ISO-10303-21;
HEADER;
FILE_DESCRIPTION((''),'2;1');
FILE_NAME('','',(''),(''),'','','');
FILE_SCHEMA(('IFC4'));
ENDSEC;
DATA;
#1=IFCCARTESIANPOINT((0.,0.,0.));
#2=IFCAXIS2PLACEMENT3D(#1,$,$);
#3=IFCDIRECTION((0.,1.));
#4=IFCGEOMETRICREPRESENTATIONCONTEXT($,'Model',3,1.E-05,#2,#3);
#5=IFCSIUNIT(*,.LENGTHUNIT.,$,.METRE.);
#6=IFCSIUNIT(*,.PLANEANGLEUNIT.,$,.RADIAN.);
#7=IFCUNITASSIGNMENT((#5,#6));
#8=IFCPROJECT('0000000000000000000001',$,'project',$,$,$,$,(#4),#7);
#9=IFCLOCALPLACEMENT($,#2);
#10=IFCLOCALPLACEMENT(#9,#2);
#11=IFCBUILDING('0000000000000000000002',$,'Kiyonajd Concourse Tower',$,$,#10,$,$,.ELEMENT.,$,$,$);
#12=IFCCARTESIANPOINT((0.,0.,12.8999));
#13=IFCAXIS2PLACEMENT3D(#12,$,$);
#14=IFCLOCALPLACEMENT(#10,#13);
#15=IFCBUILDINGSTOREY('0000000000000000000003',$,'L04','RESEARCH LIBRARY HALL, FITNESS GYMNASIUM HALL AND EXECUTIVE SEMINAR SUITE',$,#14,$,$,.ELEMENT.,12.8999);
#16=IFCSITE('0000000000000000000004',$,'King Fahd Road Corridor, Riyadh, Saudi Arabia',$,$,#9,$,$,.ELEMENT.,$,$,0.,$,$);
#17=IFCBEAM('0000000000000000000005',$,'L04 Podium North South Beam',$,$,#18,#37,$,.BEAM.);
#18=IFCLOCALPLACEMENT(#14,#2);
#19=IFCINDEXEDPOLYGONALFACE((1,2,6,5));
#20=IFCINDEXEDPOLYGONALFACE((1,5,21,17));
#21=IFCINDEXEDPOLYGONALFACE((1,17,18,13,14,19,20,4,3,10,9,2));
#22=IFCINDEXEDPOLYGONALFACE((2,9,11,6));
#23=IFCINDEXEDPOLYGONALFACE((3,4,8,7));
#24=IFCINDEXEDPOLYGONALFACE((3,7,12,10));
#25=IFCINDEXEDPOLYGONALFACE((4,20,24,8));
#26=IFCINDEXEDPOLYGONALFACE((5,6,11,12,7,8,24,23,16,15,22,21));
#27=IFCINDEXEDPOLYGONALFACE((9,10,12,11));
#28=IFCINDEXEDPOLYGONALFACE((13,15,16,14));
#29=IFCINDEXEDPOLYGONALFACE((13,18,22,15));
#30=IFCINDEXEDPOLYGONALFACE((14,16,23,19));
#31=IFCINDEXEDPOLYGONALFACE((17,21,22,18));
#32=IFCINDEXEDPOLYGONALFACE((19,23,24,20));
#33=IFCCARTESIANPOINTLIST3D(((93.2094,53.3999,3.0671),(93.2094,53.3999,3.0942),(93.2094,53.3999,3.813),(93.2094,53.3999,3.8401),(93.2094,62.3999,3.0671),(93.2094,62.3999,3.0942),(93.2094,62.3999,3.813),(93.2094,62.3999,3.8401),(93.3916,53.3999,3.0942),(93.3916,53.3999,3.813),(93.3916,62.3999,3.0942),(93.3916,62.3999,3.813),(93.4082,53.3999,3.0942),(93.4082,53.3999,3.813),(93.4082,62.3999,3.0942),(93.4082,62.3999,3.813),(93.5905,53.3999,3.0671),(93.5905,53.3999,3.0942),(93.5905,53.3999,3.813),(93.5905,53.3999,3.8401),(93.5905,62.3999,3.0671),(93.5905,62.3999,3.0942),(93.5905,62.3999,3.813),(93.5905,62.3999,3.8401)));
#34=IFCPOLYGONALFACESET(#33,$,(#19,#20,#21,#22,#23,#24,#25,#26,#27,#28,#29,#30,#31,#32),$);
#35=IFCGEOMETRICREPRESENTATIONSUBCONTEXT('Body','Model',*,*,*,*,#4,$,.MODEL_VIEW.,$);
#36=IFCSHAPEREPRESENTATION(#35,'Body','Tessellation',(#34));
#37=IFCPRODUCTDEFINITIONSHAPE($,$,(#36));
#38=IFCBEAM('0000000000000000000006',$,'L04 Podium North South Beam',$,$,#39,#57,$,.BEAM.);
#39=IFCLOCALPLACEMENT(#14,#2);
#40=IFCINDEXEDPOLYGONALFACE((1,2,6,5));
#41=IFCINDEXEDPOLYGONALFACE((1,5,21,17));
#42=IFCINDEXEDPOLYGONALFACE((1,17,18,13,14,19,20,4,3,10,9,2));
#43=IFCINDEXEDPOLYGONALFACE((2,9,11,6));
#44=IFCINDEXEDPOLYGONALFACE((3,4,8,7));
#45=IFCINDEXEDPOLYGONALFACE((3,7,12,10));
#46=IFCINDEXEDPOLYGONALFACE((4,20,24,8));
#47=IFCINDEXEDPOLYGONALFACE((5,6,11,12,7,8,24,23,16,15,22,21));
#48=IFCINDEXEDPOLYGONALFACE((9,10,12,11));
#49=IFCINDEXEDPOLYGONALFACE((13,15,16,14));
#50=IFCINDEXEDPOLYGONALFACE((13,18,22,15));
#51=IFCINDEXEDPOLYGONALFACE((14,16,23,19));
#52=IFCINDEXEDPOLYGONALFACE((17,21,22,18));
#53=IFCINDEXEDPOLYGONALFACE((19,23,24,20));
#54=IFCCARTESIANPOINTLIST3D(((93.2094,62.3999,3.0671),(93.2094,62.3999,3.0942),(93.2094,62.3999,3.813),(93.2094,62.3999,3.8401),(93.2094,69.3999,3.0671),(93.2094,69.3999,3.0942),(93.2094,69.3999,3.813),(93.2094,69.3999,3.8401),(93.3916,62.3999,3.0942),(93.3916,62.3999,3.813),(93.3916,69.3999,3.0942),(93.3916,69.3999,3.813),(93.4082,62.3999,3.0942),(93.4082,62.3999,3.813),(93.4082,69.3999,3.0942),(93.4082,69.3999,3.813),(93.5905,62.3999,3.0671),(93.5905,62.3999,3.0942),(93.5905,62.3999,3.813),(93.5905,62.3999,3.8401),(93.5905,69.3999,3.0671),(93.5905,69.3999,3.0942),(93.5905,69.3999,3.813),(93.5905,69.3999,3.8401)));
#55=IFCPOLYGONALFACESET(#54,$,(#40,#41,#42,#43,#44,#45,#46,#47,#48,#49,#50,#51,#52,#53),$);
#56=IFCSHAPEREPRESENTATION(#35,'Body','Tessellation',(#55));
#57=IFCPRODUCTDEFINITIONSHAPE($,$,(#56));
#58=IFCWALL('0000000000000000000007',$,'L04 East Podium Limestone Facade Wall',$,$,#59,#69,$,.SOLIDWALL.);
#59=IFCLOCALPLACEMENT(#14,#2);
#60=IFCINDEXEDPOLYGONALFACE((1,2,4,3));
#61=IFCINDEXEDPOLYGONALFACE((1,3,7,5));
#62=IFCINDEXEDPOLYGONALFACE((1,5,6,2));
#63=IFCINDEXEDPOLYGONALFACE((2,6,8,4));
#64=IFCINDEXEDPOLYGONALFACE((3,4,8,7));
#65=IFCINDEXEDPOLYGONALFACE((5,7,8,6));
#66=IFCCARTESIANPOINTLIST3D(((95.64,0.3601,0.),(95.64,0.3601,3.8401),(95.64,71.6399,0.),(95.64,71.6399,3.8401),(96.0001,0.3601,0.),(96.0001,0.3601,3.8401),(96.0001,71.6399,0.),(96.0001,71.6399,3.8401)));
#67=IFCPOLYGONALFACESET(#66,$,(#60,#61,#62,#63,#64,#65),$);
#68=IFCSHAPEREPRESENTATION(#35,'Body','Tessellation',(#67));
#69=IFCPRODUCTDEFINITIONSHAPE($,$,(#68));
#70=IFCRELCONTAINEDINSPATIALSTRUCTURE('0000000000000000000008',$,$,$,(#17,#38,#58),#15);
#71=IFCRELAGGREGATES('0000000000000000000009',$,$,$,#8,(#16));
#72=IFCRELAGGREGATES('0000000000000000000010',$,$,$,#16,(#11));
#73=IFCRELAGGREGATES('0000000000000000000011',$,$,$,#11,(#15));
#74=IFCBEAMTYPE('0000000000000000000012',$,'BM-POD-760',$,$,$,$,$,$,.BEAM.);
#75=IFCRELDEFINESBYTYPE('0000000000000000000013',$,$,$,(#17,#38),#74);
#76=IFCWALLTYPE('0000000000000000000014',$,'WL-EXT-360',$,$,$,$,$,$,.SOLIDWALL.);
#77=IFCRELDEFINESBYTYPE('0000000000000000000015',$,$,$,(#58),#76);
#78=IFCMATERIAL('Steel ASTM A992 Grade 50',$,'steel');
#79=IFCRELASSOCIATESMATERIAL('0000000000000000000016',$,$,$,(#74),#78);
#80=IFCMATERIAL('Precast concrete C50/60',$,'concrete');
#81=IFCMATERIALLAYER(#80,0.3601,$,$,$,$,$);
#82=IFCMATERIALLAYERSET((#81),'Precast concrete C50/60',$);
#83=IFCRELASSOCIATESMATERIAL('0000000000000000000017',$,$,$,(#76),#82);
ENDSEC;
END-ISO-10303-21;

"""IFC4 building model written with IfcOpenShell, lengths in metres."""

from ifc_helpers import new_model, si_unit, direction, frame, frame_2d, origin, origin_2d, place, context, subcontext, project, spatial, rectangle, i_section, extrude, material, layer, layer_set, material_profile, profile_set, type_object, element, save


model = new_model("IFC4")

# Units and contexts
model_context = context("Model", 3, precision=1e-05, world=origin(), true_north=direction((0.0, 1.0)))
body_context = subcontext(model_context, "Body", "Model", "MODEL_VIEW")
ifc_project = project(units=[si_unit("LENGTHUNIT", "METRE"), si_unit("PLANEANGLEUNIT", "RADIAN")], contexts=[model_context])

# Site, building, storey
site_placement = place(None, origin())
site = spatial("IfcSite", under=ifc_project, at=site_placement, Name="King Fahd Road Corridor, Riyadh, Saudi Arabia", CompositionType="ELEMENT", RefElevation=0.0)
building_placement = place(site_placement, origin())
building = spatial("IfcBuilding", under=site, at=building_placement, Name="Kiyonajd Concourse Tower", CompositionType="ELEMENT")
storey_placement = place(building_placement, frame((0.0, 0.0, 12.8999)))
storey = spatial("IfcBuildingStorey", under=building, at=storey_placement, Name="L04", Description="RESEARCH LIBRARY HALL, FITNESS GYMNASIUM HALL AND EXECUTIVE SEMINAR SUITE", CompositionType="ELEMENT", Elevation=12.8999)

# Beams
ifc_material_1 = material(Name="Steel ASTM A992 Grade 50", Category="steel")
ifc_material_profile_1 = material_profile(ifc_material_1, i_section(OverallWidth=0.3811, OverallDepth=0.7729, WebThickness=0.0166, FlangeThickness=0.0271, at=origin_2d()), Name="W760X257")
ifc_profile_set_1 = profile_set([ifc_material_profile_1], Name="Steel ASTM A992 Grade 50")
beam_type = type_object("IfcBeamType", Name="BM-POD-760", PredefinedType="BEAM", material=ifc_profile_set_1)
beam_1_placement = place(storey_placement, frame((93.3999, 53.3999, 3.4536), z_axis=(0.0, 1.0, 0.0), x_axis=(-1.0, 0.0, 0.0)))
element("IfcBeam", 1, at=beam_1_placement, inside=storey, type_object=beam_type, Name="L04 Podium North South Beam", PredefinedType="BEAM", context=body_context, shape_type="SweptSolid", body=[
    extrude(i_section(OverallWidth=0.3811, OverallDepth=0.7729, WebThickness=0.0166, FlangeThickness=0.0271, at=origin_2d()), origin(), (0.0, 0.0, 1.0), 9.0),
])
beam_2_placement = place(storey_placement, frame((93.3999, 62.3999, 3.4536), z_axis=(0.0, 1.0, 0.0), x_axis=(-1.0, 0.0, 0.0)))
element("IfcBeam", 2, at=beam_2_placement, inside=storey, type_object=beam_type, Name="L04 Podium North South Beam", PredefinedType="BEAM", context=body_context, shape_type="SweptSolid", body=[
    extrude(i_section(OverallWidth=0.3811, OverallDepth=0.7729, WebThickness=0.0166, FlangeThickness=0.0271, at=origin_2d()), origin(), (0.0, 0.0, 1.0), 7.0),
])

# Wall
ifc_material_2 = material(Name="Precast concrete C50/60", Category="concrete")
ifc_layer = layer(ifc_material_2, 0.3601)
ifc_layer_set = layer_set([ifc_layer], Name="Precast concrete C50/60")
wall_type = type_object("IfcWallType", Name="WL-EXT-360", PredefinedType="SOLIDWALL", material=ifc_layer_set)
wall_placement = place(storey_placement, frame((95.8201, 71.6399, 0.0), z_axis=(0.0, 0.0, 1.0), x_axis=(0.0, -1.0, 0.0)))
element("IfcWall", 3, at=wall_placement, inside=storey, type_object=wall_type, Name="L04 East Podium Limestone Facade Wall", PredefinedType="SOLIDWALL", context=body_context, shape_type="SweptSolid", body=[
    extrude(rectangle(XDim=71.2798, YDim=0.3601, at=frame_2d((35.6399, 0.0))), origin(), (0.0, 0.0, 1.0), 3.8401),
])

save(model, "model.ifc")
